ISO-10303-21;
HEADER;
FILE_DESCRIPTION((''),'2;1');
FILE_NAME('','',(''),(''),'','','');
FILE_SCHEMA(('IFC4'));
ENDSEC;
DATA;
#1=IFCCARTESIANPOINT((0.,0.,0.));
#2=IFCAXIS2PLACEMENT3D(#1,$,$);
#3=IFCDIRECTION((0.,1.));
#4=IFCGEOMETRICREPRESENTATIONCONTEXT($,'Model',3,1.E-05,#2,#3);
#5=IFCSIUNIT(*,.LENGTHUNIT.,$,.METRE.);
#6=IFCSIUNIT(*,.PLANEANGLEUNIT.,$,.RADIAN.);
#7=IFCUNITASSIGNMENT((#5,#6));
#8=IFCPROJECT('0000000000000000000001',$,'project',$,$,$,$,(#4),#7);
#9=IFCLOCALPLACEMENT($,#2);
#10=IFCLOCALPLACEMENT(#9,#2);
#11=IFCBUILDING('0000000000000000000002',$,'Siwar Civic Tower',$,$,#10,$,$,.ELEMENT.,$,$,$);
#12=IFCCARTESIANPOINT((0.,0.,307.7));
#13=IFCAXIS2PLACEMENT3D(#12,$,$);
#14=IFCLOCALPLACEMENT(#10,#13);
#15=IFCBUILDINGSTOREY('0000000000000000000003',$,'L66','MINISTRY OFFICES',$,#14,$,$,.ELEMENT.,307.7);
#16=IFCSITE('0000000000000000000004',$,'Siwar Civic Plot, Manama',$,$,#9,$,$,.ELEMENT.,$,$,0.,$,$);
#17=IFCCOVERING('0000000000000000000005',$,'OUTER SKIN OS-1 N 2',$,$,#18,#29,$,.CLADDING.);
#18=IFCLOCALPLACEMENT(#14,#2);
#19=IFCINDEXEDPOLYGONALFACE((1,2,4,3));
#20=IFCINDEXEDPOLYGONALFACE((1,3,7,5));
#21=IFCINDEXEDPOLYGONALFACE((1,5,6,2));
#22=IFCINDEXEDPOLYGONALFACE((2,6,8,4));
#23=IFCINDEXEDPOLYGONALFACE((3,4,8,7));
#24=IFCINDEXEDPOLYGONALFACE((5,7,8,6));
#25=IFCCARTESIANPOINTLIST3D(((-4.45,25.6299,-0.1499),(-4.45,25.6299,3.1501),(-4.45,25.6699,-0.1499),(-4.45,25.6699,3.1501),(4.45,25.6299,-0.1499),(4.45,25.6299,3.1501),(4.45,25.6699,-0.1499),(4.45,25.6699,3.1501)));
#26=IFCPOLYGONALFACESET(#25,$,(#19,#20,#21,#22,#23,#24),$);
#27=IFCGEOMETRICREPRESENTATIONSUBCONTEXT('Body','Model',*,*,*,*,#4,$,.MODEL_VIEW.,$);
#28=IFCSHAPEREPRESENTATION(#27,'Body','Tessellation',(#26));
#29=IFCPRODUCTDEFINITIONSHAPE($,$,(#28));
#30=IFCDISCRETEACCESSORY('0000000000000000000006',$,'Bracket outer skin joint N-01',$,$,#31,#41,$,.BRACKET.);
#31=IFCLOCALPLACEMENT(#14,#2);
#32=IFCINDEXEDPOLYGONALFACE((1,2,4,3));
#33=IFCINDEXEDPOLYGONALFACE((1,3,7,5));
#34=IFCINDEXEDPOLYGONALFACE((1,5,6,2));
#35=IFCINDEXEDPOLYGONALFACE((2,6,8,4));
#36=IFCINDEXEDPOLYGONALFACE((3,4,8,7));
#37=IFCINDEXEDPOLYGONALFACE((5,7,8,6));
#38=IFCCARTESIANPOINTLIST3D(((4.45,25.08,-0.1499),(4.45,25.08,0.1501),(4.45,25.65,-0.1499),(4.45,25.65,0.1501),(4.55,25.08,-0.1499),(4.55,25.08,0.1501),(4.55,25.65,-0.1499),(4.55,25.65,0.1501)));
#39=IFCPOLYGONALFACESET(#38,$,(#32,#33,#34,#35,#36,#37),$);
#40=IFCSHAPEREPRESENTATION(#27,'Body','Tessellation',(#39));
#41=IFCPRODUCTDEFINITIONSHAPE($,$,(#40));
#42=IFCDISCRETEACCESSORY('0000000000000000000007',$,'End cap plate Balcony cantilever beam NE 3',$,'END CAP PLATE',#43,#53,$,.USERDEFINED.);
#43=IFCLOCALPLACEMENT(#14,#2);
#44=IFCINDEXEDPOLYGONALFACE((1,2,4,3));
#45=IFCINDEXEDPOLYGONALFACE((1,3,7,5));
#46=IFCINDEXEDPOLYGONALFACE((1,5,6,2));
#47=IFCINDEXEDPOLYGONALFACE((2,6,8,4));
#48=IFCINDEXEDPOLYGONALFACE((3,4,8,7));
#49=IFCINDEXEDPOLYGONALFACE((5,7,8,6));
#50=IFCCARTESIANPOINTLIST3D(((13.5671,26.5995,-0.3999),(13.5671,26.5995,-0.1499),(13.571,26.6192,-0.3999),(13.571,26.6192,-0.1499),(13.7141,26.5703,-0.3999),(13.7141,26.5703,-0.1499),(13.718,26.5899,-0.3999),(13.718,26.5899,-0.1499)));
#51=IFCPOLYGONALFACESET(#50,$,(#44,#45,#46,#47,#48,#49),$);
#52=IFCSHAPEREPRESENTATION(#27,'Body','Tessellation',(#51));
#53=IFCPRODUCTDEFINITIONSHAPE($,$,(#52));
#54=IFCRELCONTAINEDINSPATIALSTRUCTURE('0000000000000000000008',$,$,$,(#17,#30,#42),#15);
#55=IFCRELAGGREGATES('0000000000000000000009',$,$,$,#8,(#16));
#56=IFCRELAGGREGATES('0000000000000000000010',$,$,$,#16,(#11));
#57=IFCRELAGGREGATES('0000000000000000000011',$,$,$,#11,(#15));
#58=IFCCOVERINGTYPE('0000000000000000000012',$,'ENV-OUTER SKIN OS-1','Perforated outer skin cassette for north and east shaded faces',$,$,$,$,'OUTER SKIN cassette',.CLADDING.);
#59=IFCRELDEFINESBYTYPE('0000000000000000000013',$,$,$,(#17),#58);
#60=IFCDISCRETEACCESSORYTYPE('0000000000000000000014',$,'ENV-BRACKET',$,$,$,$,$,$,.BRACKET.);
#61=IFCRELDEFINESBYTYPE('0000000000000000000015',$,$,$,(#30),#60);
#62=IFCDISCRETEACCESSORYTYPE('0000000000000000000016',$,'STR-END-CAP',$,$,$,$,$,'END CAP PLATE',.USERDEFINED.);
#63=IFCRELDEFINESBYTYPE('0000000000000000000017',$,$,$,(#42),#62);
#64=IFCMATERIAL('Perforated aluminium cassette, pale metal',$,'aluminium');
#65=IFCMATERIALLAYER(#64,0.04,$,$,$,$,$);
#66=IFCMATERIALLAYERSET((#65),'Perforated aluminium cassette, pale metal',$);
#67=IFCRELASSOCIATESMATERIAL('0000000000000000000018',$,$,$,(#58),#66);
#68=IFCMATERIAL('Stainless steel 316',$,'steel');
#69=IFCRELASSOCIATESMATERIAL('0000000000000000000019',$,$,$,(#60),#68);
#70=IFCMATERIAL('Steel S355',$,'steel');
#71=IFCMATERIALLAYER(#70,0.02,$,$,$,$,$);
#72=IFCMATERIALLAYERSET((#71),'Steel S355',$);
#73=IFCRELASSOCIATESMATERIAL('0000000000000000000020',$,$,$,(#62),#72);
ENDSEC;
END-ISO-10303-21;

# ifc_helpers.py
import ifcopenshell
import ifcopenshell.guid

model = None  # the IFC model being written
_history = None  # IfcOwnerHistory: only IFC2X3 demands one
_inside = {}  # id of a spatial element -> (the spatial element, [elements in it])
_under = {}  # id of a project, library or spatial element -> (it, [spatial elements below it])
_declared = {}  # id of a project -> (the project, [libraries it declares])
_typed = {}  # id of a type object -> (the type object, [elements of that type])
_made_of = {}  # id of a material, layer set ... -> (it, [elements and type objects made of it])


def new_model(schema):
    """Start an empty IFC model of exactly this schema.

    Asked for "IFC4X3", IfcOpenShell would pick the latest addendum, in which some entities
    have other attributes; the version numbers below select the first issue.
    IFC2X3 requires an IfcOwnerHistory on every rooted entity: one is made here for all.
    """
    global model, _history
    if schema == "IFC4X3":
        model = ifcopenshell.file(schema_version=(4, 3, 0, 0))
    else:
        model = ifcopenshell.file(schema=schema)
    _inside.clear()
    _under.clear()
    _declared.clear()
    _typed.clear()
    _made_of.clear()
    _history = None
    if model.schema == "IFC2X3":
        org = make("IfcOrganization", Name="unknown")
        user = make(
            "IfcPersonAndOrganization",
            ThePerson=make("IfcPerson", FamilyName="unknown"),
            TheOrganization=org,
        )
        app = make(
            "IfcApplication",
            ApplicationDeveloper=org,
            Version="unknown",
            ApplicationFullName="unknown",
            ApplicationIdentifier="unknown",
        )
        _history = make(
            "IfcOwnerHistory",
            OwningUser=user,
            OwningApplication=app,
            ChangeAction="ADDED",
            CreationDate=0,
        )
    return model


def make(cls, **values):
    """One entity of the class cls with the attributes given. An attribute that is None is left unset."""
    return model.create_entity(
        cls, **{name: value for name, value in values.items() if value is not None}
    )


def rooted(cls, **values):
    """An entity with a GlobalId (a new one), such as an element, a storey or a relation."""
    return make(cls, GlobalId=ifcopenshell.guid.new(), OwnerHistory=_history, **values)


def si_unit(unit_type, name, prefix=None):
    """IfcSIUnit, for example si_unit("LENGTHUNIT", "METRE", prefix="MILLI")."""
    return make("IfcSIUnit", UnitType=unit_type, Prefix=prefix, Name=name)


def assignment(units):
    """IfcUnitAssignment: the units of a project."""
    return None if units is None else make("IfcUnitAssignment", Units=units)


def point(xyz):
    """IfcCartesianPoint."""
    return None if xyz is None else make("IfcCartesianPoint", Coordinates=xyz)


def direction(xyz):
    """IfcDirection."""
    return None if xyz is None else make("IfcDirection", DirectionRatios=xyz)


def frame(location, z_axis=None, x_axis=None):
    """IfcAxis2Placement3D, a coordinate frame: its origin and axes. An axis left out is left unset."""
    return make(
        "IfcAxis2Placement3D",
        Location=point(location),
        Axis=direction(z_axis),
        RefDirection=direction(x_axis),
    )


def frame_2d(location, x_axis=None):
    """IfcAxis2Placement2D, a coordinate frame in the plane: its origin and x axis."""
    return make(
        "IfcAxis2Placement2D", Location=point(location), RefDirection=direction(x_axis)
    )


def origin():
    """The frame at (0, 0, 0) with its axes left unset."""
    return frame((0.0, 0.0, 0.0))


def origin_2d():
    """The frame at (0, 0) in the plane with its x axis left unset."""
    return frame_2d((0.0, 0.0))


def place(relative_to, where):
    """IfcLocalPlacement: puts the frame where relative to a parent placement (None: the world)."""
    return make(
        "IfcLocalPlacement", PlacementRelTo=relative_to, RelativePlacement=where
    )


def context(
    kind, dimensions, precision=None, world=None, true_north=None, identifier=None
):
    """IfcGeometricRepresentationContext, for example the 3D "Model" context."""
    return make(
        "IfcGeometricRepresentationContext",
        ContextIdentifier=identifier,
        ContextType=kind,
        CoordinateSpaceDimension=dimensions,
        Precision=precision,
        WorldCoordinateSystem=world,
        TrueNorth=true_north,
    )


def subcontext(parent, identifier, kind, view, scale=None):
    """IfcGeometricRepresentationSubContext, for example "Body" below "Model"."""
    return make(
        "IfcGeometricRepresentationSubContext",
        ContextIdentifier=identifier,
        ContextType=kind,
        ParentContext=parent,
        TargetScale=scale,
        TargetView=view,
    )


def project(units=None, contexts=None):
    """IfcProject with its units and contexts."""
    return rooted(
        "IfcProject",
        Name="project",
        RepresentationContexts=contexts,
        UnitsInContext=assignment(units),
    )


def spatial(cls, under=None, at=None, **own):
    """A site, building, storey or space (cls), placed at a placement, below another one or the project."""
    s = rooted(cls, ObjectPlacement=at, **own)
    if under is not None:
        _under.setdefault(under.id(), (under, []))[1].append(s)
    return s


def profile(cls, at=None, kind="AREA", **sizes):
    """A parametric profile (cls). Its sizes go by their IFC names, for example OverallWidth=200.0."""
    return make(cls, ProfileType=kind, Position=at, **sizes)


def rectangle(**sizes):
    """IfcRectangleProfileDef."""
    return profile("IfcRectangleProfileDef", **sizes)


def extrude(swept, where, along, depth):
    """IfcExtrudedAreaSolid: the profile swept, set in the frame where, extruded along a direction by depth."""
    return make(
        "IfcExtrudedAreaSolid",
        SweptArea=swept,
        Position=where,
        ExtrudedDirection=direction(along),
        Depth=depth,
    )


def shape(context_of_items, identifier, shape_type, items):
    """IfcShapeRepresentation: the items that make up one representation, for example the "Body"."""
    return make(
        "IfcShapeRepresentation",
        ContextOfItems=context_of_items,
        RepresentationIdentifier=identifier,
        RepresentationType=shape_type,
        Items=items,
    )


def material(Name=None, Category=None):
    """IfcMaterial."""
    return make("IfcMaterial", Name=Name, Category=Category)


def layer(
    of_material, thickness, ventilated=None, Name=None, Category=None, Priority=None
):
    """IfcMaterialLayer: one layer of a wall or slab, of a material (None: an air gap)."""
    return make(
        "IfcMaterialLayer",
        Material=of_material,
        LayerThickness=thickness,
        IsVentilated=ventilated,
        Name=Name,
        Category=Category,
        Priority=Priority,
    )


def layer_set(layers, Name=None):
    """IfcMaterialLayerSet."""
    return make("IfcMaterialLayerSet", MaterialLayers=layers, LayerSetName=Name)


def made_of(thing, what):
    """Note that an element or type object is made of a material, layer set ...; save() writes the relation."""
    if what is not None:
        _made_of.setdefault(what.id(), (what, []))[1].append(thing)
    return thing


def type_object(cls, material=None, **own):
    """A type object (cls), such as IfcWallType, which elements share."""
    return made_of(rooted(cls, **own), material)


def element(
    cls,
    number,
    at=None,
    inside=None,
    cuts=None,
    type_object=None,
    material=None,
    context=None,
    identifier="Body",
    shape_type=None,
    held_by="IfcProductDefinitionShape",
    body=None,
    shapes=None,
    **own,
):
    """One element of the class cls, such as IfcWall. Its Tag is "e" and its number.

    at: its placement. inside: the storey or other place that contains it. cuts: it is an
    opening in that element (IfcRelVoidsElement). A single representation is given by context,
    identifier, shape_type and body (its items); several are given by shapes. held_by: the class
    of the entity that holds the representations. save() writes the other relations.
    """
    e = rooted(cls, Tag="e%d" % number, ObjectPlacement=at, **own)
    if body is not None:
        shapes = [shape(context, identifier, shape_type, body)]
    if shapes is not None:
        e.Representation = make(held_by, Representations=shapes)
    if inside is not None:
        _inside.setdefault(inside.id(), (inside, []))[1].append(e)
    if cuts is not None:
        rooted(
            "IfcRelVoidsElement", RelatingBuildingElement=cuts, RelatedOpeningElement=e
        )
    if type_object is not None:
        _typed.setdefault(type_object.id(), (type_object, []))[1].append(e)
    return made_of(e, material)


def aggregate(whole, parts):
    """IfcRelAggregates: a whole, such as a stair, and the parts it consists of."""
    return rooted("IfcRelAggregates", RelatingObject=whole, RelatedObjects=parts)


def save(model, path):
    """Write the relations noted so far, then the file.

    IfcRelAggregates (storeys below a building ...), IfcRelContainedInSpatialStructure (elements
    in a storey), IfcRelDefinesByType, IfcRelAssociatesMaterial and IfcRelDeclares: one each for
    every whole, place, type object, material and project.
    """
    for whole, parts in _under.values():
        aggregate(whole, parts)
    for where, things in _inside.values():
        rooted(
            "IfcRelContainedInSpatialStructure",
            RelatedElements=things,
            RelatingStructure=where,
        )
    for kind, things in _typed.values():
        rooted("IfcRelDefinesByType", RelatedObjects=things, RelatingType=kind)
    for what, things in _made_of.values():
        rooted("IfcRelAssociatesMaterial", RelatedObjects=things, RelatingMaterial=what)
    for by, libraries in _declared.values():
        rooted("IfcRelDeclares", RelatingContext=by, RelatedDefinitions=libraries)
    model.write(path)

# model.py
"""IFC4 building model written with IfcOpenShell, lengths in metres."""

from ifc_helpers import new_model, si_unit, direction, frame, origin, origin_2d, place, context, subcontext, project, spatial, rectangle, extrude, material, layer, layer_set, type_object, element, save


model = new_model("IFC4")

# Units and contexts
model_context = context("Model", 3, precision=1e-05, world=origin(), true_north=direction((0.0, 1.0)))
body_context = subcontext(model_context, "Body", "Model", "MODEL_VIEW")
ifc_project = project(units=[si_unit("LENGTHUNIT", "METRE"), si_unit("PLANEANGLEUNIT", "RADIAN")], contexts=[model_context])

# Site, building, storey
site_placement = place(None, origin())
site = spatial("IfcSite", under=ifc_project, at=site_placement, Name="Siwar Civic Plot, Manama", CompositionType="ELEMENT", RefElevation=0.0)
building_placement = place(site_placement, origin())
building = spatial("IfcBuilding", under=site, at=building_placement, Name="Siwar Civic Tower", CompositionType="ELEMENT")
storey_placement = place(building_placement, frame((0.0, 0.0, 307.7)))
storey = spatial("IfcBuildingStorey", under=building, at=storey_placement, Name="L66", Description="MINISTRY OFFICES", CompositionType="ELEMENT", Elevation=307.7)

# Covering
ifc_material_1 = material(Name="Perforated aluminium cassette, pale metal", Category="aluminium")
ifc_layer_1 = layer(ifc_material_1, 0.04)
ifc_layer_set_1 = layer_set([ifc_layer_1], Name="Perforated aluminium cassette, pale metal")
covering_type = type_object("IfcCoveringType", Name="ENV-OUTER SKIN OS-1", Description="Perforated outer skin cassette for north and east shaded faces", ElementType="OUTER SKIN cassette", PredefinedType="CLADDING", material=ifc_layer_set_1)
covering_1_placement = place(storey_placement, frame((0.0, 25.6499, -0.1499), z_axis=(0.0, 0.0, 1.0), x_axis=(-1.0, 0.0, 0.0)))
element("IfcCovering", 1, at=covering_1_placement, inside=storey, type_object=covering_type, Name="OUTER SKIN OS-1 N 2", PredefinedType="CLADDING", context=body_context, shape_type="SweptSolid", body=[
    extrude(rectangle(XDim=8.8999, YDim=0.04, at=origin_2d()), origin(), (0.0, 0.0, 1.0), 3.3),
])

# Discrete accessories
ifc_material_2 = material(Name="Stainless steel 316", Category="steel")
discrete_accessory_type_1 = type_object("IfcDiscreteAccessoryType", Name="ENV-BRACKET", PredefinedType="BRACKET", material=ifc_material_2)
discrete_accessory_1_placement = place(storey_placement, frame((4.5, 25.365, -0.1499), z_axis=(0.0, 0.0, 1.0), x_axis=(0.0, 1.0, 0.0)))
element("IfcDiscreteAccessory", 2, at=discrete_accessory_1_placement, inside=storey, type_object=discrete_accessory_type_1, Name="Bracket outer skin joint N-01", PredefinedType="BRACKET", context=body_context, shape_type="SweptSolid", body=[
    extrude(rectangle(XDim=0.5701, YDim=0.1001, at=origin_2d()), origin(), (0.0, 0.0, 1.0), 0.3),
])
ifc_material_3 = material(Name="Steel S355", Category="steel")
ifc_layer_2 = layer(ifc_material_3, 0.02)
ifc_layer_set_2 = layer_set([ifc_layer_2], Name="Steel S355")
discrete_accessory_type_2 = type_object("IfcDiscreteAccessoryType", Name="STR-END-CAP", ElementType="END CAP PLATE", PredefinedType="USERDEFINED", material=ifc_layer_set_2)
discrete_accessory_2_placement = place(storey_placement, frame((13.6426, 26.5947, -0.3999), z_axis=(0.0, 0.0, 1.0), x_axis=(0.19509, 0.980785, 0.0)))
element("IfcDiscreteAccessory", 3, at=discrete_accessory_2_placement, inside=storey, type_object=discrete_accessory_type_2, Name="End cap plate Balcony cantilever beam NE 3", ObjectType="END CAP PLATE", PredefinedType="USERDEFINED", context=body_context, shape_type="SweptSolid", body=[
    extrude(rectangle(XDim=0.02, YDim=0.1499, at=origin_2d()), origin(), (0.0, 0.0, 1.0), 0.25),
])

save(model, "model.ifc")
